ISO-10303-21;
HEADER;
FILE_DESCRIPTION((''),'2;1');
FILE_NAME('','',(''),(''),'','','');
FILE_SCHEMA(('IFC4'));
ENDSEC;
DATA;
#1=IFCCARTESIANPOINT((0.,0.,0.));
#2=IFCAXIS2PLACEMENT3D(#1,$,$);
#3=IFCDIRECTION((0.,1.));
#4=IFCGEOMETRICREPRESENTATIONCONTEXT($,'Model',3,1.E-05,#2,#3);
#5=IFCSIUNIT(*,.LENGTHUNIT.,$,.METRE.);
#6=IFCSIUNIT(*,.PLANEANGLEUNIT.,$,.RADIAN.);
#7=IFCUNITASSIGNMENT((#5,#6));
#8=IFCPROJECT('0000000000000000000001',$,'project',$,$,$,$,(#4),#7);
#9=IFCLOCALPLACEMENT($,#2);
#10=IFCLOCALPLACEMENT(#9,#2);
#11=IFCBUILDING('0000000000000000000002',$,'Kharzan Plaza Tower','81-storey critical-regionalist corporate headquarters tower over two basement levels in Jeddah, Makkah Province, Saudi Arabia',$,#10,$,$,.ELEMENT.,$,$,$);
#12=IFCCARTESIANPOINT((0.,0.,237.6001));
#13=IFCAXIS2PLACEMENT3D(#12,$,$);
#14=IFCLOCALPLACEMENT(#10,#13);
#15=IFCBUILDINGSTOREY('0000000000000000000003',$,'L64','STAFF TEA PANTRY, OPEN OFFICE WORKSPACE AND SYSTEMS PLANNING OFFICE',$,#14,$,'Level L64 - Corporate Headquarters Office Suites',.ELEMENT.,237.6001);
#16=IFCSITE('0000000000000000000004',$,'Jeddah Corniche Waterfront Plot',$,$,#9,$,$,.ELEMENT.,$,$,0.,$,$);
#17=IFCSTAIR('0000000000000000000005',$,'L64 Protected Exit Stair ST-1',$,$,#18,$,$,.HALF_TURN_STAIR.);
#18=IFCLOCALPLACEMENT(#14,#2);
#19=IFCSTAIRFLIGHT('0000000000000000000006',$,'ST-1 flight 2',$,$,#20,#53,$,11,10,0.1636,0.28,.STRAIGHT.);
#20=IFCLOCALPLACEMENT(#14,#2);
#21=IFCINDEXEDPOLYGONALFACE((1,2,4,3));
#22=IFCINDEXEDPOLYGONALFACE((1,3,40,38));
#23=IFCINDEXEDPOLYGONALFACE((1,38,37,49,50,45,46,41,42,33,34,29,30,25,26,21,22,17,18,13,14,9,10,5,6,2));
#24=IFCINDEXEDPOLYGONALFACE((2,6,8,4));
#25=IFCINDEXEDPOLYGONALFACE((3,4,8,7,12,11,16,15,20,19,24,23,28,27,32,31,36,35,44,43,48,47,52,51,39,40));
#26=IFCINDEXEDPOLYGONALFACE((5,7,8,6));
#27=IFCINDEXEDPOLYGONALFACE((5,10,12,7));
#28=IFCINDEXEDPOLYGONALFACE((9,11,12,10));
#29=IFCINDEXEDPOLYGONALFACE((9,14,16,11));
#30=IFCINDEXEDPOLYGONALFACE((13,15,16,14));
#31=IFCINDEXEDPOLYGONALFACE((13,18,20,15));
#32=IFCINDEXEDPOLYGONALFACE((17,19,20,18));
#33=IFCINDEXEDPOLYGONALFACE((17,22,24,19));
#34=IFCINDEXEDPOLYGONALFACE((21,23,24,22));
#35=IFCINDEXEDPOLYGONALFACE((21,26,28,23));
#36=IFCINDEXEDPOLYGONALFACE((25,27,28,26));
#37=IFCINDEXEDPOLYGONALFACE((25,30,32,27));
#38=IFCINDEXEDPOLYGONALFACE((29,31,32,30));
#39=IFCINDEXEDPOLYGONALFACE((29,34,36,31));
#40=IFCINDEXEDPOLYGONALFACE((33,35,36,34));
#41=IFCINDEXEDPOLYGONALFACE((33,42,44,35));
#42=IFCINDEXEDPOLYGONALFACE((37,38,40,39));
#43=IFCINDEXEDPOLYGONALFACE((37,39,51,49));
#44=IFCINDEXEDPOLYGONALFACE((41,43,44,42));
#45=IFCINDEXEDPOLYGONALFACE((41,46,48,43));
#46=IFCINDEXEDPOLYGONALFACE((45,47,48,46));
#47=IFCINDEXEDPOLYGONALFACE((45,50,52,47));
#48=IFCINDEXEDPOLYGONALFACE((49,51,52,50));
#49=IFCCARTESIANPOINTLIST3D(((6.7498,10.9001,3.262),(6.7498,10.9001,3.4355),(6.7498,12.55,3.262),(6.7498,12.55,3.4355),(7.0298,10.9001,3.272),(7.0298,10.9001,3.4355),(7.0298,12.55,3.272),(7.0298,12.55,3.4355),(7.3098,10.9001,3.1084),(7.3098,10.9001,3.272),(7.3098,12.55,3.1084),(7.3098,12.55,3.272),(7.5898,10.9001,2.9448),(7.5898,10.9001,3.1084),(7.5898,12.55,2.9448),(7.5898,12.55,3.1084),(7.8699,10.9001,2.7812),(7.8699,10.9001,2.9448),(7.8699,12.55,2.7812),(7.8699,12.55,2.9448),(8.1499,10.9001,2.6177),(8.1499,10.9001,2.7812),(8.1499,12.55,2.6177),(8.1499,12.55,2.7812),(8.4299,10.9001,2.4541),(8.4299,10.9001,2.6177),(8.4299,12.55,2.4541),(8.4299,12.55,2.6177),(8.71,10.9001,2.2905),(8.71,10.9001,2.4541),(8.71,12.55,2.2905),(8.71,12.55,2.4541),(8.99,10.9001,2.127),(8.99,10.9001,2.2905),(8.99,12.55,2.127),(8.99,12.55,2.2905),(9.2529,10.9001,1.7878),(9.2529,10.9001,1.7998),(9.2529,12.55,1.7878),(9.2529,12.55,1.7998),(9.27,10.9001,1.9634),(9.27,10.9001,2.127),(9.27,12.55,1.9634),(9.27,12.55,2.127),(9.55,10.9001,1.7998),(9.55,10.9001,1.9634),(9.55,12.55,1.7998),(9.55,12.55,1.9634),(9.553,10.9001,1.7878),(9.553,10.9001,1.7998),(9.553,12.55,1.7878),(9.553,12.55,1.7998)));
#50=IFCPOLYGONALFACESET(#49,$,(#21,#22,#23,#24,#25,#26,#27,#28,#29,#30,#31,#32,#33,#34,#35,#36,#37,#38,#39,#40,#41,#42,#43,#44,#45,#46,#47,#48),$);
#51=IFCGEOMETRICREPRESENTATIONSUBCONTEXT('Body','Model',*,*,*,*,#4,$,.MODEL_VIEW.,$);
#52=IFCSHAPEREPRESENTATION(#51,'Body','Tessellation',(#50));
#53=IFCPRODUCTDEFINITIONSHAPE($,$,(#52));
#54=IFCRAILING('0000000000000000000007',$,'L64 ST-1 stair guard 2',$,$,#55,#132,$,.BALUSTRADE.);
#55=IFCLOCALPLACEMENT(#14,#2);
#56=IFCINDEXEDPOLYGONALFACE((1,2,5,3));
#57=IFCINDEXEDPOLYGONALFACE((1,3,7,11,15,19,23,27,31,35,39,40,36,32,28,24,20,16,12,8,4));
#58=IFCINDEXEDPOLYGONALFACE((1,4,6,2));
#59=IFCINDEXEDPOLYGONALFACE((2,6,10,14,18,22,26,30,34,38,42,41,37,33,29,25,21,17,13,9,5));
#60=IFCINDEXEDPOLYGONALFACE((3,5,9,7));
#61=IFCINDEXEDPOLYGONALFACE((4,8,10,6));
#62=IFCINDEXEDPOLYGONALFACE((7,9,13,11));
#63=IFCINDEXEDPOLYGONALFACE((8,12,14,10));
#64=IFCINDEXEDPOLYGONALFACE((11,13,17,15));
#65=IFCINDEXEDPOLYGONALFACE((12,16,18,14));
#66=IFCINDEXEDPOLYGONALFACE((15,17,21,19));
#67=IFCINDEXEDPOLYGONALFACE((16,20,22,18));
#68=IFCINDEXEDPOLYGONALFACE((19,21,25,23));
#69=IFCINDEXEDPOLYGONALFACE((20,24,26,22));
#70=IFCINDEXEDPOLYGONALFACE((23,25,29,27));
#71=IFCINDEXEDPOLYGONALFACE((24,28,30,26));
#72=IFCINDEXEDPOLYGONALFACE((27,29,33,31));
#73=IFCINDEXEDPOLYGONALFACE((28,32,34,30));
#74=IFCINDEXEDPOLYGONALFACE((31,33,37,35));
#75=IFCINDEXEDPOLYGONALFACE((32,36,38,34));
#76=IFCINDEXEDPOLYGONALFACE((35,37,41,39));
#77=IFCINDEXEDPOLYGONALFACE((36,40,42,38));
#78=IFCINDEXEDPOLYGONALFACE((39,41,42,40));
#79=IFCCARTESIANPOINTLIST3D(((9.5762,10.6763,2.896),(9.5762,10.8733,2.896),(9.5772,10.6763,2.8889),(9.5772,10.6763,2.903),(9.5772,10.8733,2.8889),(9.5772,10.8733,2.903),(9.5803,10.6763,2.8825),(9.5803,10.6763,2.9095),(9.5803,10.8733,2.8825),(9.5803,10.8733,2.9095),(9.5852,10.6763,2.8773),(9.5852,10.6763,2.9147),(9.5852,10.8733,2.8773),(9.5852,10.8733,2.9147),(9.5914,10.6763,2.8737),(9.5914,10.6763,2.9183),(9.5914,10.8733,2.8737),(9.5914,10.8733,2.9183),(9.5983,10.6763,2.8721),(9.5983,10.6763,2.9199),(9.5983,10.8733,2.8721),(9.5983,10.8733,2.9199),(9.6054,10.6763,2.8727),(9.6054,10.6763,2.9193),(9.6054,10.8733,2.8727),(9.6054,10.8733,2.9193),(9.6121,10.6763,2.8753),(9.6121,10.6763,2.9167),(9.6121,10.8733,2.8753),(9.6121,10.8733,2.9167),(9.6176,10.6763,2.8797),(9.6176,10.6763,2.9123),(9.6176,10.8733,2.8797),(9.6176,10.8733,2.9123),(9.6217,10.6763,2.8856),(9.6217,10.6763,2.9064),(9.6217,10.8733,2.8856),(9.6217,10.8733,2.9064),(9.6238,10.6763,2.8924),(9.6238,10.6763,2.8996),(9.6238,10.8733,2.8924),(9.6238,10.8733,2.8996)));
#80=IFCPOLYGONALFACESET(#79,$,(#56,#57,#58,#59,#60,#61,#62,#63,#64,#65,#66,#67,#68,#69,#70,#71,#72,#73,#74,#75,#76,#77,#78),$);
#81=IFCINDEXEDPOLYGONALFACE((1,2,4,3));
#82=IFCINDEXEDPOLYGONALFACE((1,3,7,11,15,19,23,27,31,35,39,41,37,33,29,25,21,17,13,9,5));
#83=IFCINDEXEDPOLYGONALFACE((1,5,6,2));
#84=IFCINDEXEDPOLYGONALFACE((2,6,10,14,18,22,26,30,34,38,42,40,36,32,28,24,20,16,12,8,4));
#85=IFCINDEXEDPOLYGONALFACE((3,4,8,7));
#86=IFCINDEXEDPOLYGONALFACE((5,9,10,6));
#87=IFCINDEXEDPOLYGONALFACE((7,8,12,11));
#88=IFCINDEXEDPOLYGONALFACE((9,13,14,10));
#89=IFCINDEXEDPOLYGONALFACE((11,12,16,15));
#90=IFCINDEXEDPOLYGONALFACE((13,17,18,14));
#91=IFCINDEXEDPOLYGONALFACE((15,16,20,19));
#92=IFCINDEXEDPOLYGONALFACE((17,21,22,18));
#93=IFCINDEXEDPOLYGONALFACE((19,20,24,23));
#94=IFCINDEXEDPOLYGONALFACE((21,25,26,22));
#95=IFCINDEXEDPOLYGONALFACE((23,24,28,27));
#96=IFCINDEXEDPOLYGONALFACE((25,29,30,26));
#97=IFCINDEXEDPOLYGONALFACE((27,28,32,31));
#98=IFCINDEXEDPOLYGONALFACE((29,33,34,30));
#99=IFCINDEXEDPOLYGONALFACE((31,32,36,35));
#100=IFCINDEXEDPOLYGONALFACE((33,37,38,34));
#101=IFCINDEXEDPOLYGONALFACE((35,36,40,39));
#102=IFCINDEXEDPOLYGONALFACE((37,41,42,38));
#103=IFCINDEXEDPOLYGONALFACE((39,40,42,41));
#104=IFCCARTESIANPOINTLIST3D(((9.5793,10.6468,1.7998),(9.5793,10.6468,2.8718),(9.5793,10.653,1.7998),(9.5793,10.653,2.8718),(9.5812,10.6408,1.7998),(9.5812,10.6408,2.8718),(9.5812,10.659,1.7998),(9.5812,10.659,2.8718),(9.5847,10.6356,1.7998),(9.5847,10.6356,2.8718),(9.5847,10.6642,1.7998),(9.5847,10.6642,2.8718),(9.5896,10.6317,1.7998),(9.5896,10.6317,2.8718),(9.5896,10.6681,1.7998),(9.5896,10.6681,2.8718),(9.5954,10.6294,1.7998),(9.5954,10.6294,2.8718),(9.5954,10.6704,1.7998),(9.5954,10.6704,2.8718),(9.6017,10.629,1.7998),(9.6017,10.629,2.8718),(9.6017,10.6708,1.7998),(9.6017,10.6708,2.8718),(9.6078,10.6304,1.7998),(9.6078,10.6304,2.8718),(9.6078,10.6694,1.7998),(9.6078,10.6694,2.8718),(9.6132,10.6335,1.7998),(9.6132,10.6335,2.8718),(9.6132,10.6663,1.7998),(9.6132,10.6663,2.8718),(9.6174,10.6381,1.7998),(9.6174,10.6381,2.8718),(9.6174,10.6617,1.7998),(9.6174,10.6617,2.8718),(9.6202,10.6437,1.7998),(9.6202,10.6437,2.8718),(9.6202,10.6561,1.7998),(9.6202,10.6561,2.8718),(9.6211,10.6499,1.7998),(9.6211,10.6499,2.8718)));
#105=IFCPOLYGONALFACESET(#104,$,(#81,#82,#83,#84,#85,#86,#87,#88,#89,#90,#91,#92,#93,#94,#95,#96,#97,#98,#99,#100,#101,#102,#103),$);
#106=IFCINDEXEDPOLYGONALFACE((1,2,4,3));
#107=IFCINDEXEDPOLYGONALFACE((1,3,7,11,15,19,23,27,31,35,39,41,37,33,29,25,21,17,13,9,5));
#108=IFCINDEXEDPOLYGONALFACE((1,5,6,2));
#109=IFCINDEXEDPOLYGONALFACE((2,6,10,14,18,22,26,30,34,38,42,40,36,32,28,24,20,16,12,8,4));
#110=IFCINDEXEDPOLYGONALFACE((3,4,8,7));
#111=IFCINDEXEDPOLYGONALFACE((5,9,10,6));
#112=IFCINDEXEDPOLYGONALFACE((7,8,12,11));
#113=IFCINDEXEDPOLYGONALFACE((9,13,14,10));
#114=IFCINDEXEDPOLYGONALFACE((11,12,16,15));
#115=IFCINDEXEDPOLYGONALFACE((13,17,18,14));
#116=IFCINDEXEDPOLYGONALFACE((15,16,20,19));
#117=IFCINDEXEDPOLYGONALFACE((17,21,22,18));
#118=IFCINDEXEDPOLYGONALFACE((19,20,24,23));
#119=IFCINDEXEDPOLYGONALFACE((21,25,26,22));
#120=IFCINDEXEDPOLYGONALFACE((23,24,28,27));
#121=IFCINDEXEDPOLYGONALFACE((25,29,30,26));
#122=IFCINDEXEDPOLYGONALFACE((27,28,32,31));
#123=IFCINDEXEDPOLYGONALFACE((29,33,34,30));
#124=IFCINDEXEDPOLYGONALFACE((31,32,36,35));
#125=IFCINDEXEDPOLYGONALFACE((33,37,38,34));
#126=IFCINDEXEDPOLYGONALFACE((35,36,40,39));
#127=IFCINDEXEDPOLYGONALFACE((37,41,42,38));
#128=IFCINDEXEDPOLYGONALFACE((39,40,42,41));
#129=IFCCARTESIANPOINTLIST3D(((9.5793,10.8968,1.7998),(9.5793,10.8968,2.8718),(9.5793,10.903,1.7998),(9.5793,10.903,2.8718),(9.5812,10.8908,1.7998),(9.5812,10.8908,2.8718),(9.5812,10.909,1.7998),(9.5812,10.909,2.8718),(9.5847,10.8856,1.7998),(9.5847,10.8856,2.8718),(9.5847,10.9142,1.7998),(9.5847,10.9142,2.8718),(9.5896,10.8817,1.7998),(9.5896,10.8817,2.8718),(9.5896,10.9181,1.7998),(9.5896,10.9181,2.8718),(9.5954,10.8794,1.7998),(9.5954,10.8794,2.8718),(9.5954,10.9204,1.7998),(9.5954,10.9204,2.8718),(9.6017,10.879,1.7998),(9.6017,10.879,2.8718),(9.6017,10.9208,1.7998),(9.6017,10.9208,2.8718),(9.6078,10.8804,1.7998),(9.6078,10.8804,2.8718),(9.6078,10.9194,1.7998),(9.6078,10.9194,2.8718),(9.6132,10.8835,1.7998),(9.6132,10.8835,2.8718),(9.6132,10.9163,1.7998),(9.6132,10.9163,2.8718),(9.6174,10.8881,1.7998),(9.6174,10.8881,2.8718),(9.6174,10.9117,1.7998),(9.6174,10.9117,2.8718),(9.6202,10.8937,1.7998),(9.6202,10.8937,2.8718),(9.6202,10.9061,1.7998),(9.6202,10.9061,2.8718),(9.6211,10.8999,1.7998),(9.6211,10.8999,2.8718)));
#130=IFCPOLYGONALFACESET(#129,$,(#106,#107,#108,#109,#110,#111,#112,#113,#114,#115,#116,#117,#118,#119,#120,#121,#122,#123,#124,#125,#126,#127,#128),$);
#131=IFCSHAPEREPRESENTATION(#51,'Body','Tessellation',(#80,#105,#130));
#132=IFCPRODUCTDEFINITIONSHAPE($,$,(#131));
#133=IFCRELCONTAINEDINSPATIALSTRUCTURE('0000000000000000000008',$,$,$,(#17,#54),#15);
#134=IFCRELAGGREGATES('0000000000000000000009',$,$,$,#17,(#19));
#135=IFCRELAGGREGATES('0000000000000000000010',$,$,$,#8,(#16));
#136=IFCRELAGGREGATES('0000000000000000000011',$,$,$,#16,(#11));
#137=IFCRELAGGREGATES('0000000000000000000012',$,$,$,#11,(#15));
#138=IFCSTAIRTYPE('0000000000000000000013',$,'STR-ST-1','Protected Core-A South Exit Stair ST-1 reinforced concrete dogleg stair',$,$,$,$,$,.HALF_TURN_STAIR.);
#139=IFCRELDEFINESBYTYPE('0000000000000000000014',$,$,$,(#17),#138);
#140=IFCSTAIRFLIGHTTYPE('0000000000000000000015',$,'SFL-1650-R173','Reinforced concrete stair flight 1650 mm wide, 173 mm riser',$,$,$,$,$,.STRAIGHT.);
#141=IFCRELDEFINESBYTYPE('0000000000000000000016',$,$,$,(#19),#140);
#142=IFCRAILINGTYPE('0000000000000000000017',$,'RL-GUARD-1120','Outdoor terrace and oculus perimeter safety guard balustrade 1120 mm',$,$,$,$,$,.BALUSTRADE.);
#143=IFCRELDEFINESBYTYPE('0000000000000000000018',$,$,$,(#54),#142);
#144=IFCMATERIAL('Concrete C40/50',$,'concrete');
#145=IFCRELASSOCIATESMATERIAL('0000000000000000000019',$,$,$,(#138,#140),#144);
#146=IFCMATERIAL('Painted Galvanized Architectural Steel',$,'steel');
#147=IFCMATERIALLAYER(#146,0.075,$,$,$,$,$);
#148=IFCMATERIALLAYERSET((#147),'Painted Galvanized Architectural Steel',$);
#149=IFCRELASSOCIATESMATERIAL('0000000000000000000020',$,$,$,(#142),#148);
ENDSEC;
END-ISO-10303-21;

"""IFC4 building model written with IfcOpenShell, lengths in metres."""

from ifc_helpers import new_model, si_unit, direction, frame, origin, origin_2d, place, context, subcontext, project, spatial, polyline, circle, outline, extrude, source, transform, mapped, material, layer, layer_set, type_object, element, aggregate, save


model = new_model("IFC4")

# Units and contexts
model_context = context("Model", 3, precision=1e-05, world=origin(), true_north=direction((0.0, 1.0)))
body_context = subcontext(model_context, "Body", "Model", "MODEL_VIEW")
ifc_project = project(units=[si_unit("LENGTHUNIT", "METRE"), si_unit("PLANEANGLEUNIT", "RADIAN")], contexts=[model_context])

# Site, building, storey
site_placement = place(None, origin())
site = spatial("IfcSite", under=ifc_project, at=site_placement, Name="Jeddah Corniche Waterfront Plot", CompositionType="ELEMENT", RefElevation=0.0)
building_placement = place(site_placement, origin())
building = spatial("IfcBuilding", under=site, at=building_placement, Name="Kharzan Plaza Tower", Description="81-storey critical-regionalist corporate headquarters tower over two basement levels in Jeddah, Makkah Province, Saudi Arabia", CompositionType="ELEMENT")
storey_placement = place(building_placement, frame((0.0, 0.0, 237.6001)))
storey = spatial("IfcBuildingStorey", under=building, at=storey_placement, Name="L64", Description="STAFF TEA PANTRY, OPEN OFFICE WORKSPACE AND SYSTEMS PLANNING OFFICE", LongName="Level L64 - Corporate Headquarters Office Suites", CompositionType="ELEMENT", Elevation=237.6001)

# Shared definitions
ifc_material_1 = material(Name="Concrete C40/50", Category="concrete")

# Stair, stair flight
stair_type = type_object("IfcStairType", Name="STR-ST-1", Description="Protected Core-A South Exit Stair ST-1 reinforced concrete dogleg stair", PredefinedType="HALF_TURN_STAIR", material=ifc_material_1)
stair_placement = place(storey_placement, origin())
stair = element("IfcStair", 1, at=stair_placement, inside=storey, type_object=stair_type, Name="L64 Protected Exit Stair ST-1", PredefinedType="HALF_TURN_STAIR")
stair_flight_type = type_object("IfcStairFlightType", Name="SFL-1650-R173", Description="Reinforced concrete stair flight 1650 mm wide, 173 mm riser", PredefinedType="STRAIGHT", material=ifc_material_1)
shared_shape_1 = source(origin(), body_context, "Body", "SweptSolid", [
    extrude(outline(polyline([(-0.0029, -0.012), (-0.0029, 0.0), (0.0, 0.0), (0.0, 0.1636), (0.28, 0.1636), (0.28, 0.3271), (0.5601, 0.3271), (0.5601, 0.4907), (0.8401, 0.4907), (0.8401, 0.6543), (1.1201, 0.6543), (1.1201, 0.8179), (1.4001, 0.8179), (1.4001, 0.9814), (1.6802, 0.9814), (1.6802, 1.145), (1.9602, 1.145), (1.9602, 1.3086), (2.2402, 1.3086), (2.2402, 1.4722), (2.5203, 1.4722), (2.5203, 1.6357), (2.8003, 1.6357), (2.8003, 1.7993), (2.8003, 1.4622), (0.2971, 0.0), (0.2971, -0.012), (-0.0029, -0.012)])), frame((0.0, 0.825, 0.0), z_axis=(0.0, -1.0, 0.0), x_axis=(1.0, 0.0, 0.0)), (0.0, 0.0, 1.0), 1.6499),
])
stair_flight_placement = place(storey_placement, frame((9.55, 11.7251, 1.7998), z_axis=(0.0, 0.0, 1.0), x_axis=(-1.0, 0.0, 0.0)))
stair_flight = element("IfcStairFlight", 2, at=stair_flight_placement, type_object=stair_flight_type, Name="ST-1 flight 2", NumberOfRisers=11, NumberOfTreads=10, PredefinedType="STRAIGHT", RiserHeight=0.1636, TreadLength=0.28, context=body_context, shape_type="MappedRepresentation", body=[
    mapped(shared_shape_1, transform((0.0, 0.0, 0.0), x_axis=(1.0, 0.0, 0.0), y_axis=(0.0, 1.0, 0.0), z_axis=(0.0, 0.0, 1.0))),
])
aggregate(stair, [stair_flight])

# Railing
ifc_material_2 = material(Name="Painted Galvanized Architectural Steel", Category="steel")
ifc_layer_1 = layer(ifc_material_2, 0.075)
ifc_layer_set_1 = layer_set([ifc_layer_1], Name="Painted Galvanized Architectural Steel")
railing_type_1 = type_object("IfcRailingType", Name="RL-GUARD-1120", Description="Outdoor terrace and oculus perimeter safety guard balustrade 1120 mm", PredefinedType="BALUSTRADE", material=ifc_layer_set_1)
shared_shape_2 = source(origin(), body_context, "Body", "SweptSolid", [
    extrude(circle(Radius=0.0239, at=origin_2d()), frame((0.0, 0.0264, 1.0962), z_axis=(0.0, 1.0, 0.0), x_axis=(-1.0, 0.0, 0.0)), (0.0, 0.0, 1.0), 0.197),
    extrude(circle(Radius=0.021, at=origin_2d()), origin(), (0.0, 0.0, 1.0), 1.072),
    extrude(circle(Radius=0.021, at=origin_2d()), frame((0.0, 0.25, 0.0)), (0.0, 0.0, 1.0), 1.072),
])
railing_1_placement = place(storey_placement, frame((9.6001, 10.6499, 1.7998)))
element("IfcRailing", 3, at=railing_1_placement, inside=storey, type_object=railing_type_1, Name="L64 ST-1 stair guard 2", PredefinedType="BALUSTRADE", context=body_context, shape_type="MappedRepresentation", body=[
    mapped(shared_shape_2, transform((0.0, 0.0, 0.0), x_axis=(1.0, 0.0, 0.0), y_axis=(0.0, 1.0, 0.0), z_axis=(0.0, 0.0, 1.0))),
])

save(model, "model.ifc")
